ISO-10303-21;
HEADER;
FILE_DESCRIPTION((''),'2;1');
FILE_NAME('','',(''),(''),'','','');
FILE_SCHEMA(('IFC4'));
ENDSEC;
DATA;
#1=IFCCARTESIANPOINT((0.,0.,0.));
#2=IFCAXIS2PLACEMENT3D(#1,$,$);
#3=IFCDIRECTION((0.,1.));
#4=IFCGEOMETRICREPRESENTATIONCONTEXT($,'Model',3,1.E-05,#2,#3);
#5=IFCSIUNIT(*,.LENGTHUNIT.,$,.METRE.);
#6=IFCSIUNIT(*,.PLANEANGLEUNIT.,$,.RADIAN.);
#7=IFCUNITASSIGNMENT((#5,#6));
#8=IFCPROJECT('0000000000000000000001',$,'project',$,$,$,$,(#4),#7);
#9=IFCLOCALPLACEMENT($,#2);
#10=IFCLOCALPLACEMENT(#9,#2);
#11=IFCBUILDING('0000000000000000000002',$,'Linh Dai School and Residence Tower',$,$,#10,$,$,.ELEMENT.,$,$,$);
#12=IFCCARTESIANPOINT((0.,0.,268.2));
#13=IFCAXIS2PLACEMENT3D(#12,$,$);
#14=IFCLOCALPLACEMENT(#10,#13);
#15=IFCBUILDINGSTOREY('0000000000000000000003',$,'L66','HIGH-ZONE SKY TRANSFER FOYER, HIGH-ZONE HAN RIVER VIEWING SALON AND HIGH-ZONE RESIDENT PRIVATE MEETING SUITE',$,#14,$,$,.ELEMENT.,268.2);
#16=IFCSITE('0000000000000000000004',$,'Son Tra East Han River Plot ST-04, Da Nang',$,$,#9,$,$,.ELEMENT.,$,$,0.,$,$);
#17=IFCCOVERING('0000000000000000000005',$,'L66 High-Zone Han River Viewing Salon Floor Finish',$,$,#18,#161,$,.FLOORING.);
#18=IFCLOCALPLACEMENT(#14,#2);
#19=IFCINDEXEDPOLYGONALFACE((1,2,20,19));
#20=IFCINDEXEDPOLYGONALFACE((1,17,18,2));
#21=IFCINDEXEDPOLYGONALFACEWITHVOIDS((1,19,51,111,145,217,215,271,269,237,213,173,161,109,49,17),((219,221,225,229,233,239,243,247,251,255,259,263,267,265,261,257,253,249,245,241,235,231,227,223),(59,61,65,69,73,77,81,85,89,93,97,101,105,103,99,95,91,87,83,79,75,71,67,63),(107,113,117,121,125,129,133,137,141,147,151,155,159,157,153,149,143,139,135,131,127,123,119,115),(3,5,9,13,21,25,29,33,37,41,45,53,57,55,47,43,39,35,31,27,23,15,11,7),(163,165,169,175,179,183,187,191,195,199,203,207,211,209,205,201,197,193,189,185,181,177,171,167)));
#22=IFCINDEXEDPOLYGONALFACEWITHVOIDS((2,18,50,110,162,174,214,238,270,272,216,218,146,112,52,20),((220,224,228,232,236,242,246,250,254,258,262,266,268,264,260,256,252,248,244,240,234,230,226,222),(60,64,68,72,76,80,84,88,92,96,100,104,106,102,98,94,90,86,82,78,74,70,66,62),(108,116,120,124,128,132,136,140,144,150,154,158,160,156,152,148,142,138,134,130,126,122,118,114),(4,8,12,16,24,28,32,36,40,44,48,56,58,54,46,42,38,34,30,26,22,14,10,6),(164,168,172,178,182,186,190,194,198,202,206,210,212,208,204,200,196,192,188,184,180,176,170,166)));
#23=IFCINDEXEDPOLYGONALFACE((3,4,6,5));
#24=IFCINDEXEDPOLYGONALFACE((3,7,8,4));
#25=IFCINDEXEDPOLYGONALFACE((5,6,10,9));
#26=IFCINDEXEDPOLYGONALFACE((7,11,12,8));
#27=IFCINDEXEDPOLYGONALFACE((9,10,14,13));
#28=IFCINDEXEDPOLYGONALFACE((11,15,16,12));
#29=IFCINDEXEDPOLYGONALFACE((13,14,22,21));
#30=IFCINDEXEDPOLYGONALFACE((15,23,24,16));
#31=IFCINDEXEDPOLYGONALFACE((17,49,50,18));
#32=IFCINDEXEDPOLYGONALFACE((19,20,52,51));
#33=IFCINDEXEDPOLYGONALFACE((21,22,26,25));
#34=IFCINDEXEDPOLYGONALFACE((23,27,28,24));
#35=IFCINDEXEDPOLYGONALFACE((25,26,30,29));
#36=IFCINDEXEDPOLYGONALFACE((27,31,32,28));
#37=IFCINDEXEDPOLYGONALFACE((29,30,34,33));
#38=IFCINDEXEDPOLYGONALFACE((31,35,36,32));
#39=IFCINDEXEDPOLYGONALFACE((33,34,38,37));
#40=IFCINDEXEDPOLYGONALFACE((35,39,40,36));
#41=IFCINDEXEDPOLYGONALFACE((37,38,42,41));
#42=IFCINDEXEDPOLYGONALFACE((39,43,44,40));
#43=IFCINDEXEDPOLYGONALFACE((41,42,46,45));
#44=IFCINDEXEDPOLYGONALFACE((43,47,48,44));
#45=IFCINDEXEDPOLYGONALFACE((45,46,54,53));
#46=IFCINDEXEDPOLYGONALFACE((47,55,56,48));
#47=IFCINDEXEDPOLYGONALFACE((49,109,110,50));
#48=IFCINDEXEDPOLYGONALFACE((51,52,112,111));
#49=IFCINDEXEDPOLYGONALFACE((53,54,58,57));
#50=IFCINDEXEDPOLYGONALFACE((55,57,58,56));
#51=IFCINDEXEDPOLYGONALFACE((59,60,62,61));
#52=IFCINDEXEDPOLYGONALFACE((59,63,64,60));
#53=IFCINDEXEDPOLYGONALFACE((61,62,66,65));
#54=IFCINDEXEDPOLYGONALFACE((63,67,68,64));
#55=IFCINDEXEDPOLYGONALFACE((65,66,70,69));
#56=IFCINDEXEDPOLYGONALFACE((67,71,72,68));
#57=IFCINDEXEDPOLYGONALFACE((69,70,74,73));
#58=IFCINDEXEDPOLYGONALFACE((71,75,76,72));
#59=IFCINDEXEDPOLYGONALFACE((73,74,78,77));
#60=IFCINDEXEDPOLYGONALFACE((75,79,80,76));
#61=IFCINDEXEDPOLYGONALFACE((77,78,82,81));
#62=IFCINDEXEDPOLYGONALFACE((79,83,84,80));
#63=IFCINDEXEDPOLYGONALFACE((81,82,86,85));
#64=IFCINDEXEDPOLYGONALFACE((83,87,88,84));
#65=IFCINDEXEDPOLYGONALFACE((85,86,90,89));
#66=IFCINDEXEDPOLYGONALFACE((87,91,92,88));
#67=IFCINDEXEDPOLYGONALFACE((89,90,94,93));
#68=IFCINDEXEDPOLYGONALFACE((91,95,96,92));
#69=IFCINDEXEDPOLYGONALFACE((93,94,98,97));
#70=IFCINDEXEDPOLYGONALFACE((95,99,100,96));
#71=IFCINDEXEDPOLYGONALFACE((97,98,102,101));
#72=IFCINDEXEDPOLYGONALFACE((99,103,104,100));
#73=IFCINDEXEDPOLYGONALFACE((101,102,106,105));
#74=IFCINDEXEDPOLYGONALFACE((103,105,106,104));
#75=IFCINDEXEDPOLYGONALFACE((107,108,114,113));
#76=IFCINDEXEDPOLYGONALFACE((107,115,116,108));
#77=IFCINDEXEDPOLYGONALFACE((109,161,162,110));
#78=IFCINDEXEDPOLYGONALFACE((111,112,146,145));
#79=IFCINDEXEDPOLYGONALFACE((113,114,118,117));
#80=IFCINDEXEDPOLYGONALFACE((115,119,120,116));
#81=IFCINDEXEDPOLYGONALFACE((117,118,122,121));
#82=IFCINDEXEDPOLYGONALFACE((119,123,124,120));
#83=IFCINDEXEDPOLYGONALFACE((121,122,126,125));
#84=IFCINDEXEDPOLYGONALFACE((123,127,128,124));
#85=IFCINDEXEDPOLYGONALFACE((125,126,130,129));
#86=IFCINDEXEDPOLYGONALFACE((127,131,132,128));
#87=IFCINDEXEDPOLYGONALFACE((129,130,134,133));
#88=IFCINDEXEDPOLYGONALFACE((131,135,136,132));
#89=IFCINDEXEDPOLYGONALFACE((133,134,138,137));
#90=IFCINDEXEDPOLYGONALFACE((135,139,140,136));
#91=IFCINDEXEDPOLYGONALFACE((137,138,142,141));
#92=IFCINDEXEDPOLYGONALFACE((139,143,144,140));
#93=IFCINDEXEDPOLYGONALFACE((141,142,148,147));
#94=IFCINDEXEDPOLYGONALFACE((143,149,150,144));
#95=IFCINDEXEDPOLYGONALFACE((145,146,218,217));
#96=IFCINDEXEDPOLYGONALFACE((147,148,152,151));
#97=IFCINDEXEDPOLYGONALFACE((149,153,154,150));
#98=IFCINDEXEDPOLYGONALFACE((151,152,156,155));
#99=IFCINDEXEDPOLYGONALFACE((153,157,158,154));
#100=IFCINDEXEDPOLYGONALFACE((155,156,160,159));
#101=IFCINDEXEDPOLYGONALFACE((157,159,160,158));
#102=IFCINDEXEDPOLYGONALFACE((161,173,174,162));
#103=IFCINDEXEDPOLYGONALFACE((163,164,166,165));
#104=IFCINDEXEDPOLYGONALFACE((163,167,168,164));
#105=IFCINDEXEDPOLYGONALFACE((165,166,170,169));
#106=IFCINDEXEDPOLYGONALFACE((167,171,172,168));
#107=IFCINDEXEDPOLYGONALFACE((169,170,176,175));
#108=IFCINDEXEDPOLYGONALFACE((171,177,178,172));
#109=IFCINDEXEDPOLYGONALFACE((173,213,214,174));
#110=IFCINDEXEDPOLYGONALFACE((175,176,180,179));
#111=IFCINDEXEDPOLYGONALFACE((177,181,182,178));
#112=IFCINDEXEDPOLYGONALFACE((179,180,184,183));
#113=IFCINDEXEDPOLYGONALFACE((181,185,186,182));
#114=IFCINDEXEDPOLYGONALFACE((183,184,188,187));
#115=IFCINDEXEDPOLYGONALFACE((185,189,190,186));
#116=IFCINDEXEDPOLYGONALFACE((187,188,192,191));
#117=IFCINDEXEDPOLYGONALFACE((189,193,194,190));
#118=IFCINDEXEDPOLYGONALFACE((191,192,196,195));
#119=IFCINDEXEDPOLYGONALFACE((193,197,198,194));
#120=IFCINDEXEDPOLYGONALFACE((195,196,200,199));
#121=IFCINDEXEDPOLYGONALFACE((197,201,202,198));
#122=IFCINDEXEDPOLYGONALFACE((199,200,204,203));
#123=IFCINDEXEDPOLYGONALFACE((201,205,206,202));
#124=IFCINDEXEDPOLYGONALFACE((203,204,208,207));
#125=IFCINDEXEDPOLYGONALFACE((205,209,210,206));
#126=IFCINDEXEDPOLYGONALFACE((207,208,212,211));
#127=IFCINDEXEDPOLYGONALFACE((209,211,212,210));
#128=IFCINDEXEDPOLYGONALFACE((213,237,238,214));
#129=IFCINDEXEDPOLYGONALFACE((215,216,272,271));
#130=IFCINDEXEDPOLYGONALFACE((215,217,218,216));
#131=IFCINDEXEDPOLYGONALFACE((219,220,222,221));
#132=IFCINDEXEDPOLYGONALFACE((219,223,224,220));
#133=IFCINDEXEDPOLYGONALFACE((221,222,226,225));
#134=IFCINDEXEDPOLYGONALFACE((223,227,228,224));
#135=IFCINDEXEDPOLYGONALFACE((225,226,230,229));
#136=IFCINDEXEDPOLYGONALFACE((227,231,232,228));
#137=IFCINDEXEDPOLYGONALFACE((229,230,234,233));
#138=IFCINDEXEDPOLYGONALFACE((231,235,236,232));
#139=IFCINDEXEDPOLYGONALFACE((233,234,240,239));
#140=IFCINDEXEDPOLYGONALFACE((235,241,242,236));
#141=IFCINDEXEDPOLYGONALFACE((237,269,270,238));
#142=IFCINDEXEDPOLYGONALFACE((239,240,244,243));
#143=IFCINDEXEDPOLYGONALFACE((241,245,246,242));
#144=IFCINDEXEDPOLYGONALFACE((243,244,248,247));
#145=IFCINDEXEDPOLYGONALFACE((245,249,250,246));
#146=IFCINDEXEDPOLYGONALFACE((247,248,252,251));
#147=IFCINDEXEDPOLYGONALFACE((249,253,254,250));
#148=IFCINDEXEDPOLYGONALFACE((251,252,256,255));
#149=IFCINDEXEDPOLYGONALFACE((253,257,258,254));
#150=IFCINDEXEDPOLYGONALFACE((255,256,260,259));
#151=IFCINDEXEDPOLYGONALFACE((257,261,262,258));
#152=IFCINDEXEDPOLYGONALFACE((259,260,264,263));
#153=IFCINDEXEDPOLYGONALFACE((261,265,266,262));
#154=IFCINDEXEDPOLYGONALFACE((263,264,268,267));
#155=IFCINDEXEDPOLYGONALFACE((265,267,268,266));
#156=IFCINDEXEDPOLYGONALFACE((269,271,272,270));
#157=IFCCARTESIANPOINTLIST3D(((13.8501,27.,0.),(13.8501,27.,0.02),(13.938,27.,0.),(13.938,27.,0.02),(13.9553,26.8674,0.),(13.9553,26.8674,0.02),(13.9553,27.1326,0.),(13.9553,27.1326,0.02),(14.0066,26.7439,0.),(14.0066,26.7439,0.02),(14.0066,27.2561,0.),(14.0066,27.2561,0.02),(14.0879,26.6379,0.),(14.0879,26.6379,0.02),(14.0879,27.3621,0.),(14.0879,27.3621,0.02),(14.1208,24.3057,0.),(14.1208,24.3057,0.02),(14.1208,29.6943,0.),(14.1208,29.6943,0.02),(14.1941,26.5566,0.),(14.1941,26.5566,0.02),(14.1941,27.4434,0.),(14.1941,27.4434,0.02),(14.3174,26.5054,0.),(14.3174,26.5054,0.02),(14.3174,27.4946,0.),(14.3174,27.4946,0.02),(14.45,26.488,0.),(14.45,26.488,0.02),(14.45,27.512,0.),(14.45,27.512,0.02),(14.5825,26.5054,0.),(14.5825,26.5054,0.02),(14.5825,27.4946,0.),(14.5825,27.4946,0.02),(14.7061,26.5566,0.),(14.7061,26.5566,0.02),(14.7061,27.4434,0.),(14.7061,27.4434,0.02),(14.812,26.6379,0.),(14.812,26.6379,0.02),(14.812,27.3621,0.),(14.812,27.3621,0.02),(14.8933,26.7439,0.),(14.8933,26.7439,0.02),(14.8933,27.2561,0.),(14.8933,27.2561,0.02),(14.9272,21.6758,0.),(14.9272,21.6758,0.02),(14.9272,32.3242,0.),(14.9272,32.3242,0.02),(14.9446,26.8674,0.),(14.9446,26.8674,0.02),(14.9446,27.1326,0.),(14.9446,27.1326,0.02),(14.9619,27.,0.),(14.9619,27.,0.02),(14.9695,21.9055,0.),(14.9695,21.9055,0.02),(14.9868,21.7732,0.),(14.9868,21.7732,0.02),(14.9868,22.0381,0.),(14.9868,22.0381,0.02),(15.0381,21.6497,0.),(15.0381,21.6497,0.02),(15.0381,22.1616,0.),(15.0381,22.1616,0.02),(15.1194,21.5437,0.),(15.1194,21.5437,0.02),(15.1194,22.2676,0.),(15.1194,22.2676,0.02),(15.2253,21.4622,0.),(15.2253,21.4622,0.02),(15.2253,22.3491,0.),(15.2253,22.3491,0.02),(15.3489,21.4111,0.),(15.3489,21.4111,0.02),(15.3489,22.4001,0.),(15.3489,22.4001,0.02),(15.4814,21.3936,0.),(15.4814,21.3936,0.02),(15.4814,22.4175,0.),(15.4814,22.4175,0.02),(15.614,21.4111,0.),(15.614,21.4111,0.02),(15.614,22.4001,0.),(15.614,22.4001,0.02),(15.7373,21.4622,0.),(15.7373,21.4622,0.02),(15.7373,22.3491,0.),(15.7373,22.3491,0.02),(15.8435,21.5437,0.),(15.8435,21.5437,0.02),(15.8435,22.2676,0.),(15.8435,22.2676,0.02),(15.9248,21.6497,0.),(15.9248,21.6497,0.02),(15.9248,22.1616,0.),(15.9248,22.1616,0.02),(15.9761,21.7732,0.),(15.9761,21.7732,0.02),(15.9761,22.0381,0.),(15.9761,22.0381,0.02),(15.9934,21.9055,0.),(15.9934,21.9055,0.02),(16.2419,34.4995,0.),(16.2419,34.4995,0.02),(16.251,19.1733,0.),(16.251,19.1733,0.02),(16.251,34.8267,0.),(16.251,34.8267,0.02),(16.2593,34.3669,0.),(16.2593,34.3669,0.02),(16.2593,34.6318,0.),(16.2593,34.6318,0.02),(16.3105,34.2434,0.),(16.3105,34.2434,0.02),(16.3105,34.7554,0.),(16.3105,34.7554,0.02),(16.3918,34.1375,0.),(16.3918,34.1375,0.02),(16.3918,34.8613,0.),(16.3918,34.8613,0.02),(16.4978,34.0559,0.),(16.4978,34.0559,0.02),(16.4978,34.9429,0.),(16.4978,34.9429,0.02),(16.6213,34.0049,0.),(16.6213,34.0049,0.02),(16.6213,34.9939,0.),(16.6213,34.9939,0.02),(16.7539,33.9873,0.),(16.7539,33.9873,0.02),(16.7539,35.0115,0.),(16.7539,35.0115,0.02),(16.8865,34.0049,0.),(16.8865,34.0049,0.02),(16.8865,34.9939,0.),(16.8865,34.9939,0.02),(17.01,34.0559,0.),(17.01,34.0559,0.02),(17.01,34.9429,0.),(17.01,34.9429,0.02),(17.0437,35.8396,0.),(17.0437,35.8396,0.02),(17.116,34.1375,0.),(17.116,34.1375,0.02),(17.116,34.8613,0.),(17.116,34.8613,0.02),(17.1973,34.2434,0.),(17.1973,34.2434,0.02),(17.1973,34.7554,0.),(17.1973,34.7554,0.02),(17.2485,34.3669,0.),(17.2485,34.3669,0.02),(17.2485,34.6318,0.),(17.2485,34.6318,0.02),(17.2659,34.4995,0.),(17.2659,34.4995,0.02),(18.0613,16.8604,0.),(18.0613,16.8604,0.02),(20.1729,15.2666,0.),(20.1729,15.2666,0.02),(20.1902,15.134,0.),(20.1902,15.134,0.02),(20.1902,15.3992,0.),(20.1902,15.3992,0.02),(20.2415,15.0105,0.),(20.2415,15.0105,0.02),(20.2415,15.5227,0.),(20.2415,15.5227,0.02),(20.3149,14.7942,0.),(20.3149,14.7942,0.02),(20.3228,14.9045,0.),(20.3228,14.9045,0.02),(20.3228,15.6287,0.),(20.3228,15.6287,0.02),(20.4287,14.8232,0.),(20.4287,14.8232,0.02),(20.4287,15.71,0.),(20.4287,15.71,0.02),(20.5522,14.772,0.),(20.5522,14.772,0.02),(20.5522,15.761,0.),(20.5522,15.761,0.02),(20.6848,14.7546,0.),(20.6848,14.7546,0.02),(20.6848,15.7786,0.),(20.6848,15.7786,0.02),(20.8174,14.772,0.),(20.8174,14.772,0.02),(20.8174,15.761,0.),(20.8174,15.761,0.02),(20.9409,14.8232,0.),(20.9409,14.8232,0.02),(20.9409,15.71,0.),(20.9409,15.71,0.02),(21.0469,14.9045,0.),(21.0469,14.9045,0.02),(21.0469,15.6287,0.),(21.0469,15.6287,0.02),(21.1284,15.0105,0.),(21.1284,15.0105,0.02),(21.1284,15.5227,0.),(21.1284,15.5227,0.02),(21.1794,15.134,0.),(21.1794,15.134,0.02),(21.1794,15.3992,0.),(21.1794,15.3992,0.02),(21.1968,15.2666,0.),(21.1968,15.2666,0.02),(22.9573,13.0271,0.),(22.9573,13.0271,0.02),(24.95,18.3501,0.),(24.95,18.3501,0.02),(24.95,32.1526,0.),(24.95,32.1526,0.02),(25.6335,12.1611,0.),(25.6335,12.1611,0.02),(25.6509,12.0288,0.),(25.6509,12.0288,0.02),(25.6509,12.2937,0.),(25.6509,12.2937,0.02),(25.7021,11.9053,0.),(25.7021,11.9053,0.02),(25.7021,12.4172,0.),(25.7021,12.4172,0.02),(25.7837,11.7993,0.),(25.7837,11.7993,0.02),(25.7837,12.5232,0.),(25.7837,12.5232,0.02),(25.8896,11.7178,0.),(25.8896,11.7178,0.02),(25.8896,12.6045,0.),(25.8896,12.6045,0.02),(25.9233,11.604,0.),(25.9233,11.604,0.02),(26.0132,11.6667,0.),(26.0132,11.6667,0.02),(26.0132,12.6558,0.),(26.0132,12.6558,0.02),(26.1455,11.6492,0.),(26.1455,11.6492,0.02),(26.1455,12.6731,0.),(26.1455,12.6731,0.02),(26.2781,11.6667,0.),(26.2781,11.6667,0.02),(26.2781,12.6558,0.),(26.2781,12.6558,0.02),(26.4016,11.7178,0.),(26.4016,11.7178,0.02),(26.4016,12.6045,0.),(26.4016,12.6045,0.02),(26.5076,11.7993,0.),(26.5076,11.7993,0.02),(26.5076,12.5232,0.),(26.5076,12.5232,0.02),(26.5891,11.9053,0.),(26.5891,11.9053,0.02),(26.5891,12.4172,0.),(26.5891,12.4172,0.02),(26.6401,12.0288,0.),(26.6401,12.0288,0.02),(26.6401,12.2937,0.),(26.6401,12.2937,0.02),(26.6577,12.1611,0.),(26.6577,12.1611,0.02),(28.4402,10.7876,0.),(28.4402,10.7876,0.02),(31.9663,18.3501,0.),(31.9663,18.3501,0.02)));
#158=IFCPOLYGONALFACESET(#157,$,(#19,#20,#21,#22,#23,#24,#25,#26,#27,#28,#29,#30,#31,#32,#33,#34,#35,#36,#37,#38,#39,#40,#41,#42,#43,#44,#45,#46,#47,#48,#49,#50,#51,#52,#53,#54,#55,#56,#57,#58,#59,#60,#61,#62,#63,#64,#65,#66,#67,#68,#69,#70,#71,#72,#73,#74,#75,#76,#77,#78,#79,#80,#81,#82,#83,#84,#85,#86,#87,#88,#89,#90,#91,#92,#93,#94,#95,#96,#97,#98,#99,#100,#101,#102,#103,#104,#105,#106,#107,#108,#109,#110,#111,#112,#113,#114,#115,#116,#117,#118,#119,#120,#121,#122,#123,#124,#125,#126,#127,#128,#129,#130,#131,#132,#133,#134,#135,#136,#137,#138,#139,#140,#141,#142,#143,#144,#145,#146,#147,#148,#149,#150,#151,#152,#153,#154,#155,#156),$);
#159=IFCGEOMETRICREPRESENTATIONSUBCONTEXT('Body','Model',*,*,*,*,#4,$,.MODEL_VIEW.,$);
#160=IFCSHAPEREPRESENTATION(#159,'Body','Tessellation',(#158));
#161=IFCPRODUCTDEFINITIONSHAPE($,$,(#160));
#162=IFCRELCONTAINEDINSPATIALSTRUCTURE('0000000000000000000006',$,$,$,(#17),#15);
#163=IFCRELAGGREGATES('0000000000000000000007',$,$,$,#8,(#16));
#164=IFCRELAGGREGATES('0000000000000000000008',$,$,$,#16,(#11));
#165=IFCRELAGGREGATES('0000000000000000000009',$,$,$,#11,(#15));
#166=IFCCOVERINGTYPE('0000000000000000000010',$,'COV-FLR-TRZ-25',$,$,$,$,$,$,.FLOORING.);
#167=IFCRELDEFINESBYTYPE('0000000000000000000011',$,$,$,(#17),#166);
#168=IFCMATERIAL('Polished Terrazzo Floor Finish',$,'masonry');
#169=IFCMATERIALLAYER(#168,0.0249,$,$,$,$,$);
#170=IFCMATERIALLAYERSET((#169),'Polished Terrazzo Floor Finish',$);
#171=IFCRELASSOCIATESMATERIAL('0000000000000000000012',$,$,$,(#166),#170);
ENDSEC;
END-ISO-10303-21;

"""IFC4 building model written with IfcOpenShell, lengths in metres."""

from ifc_helpers import new_model, si_unit, direction, frame, origin, place, context, subcontext, project, spatial, polyline, outline, extrude, material, layer, layer_set, type_object, element, save


model = new_model("IFC4")

# Units and contexts
model_context = context("Model", 3, precision=1e-05, world=origin(), true_north=direction((0.0, 1.0)))
body_context = subcontext(model_context, "Body", "Model", "MODEL_VIEW")
ifc_project = project(units=[si_unit("LENGTHUNIT", "METRE"), si_unit("PLANEANGLEUNIT", "RADIAN")], contexts=[model_context])

# Site, building, storey
site_placement = place(None, origin())
site = spatial("IfcSite", under=ifc_project, at=site_placement, Name="Son Tra East Han River Plot ST-04, Da Nang", CompositionType="ELEMENT", RefElevation=0.0)
building_placement = place(site_placement, origin())
building = spatial("IfcBuilding", under=site, at=building_placement, Name="Linh Dai School and Residence Tower", CompositionType="ELEMENT")
storey_placement = place(building_placement, frame((0.0, 0.0, 268.2)))
storey = spatial("IfcBuildingStorey", under=building, at=storey_placement, Name="L66", Description="HIGH-ZONE SKY TRANSFER FOYER, HIGH-ZONE HAN RIVER VIEWING SALON AND HIGH-ZONE RESIDENT PRIVATE MEETING SUITE", CompositionType="ELEMENT", Elevation=268.2)

# Covering
ifc_material_1 = material(Name="Polished Terrazzo Floor Finish", Category="masonry")
ifc_layer_1 = layer(ifc_material_1, 0.0249)
ifc_layer_set_1 = layer_set([ifc_layer_1], Name="Polished Terrazzo Floor Finish")
covering_type_1 = type_object("IfcCoveringType", Name="COV-FLR-TRZ-25", PredefinedType="FLOORING", material=ifc_layer_set_1)
covering_1_placement = place(storey_placement, origin())
element("IfcCovering", 1, at=covering_1_placement, inside=storey, type_object=covering_type_1, Name="L66 High-Zone Han River Viewing Salon Floor Finish", PredefinedType="FLOORING", context=body_context, shape_type="SweptSolid", body=[
    extrude(outline(polyline([(22.9573, 13.0271), (20.3149, 14.7942), (18.0613, 16.8604), (16.251, 19.1733), (14.9272, 21.6758), (14.1208, 24.3057), (13.8501, 27.0), (14.1208, 29.6943), (14.9272, 32.3242), (16.251, 34.8267), (17.0437, 35.8396), (24.95, 32.1526), (24.95, 18.3501), (31.9663, 18.3501), (28.4402, 10.7876), (25.9233, 11.604), (22.9573, 13.0271)]), holes=[polyline([(26.5891, 11.9053), (26.6401, 12.0288), (26.6577, 12.1611), (26.6401, 12.2937), (26.5891, 12.4172), (26.5076, 12.5232), (26.4016, 12.6045), (26.2781, 12.6558), (26.1455, 12.6731), (26.0132, 12.6558), (25.8896, 12.6045), (25.7837, 12.5232), (25.7021, 12.4172), (25.6509, 12.2937), (25.6335, 12.1611), (25.6509, 12.0288), (25.7021, 11.9053), (25.7837, 11.7993), (25.8896, 11.7178), (26.0132, 11.6667), (26.1455, 11.6492), (26.2781, 11.6667), (26.4016, 11.7178), (26.5076, 11.7993), (26.5891, 11.9053)]), polyline([(21.1284, 15.0105), (21.1794, 15.134), (21.1968, 15.2666), (21.1794, 15.3992), (21.1284, 15.5227), (21.0469, 15.6287), (20.9409, 15.71), (20.8174, 15.761), (20.6848, 15.7786), (20.5522, 15.761), (20.4287, 15.71), (20.3228, 15.6287), (20.2415, 15.5227), (20.1902, 15.3992), (20.1729, 15.2666), (20.1902, 15.134), (20.2415, 15.0105), (20.3228, 14.9045), (20.4287, 14.8232), (20.5522, 14.772), (20.6848, 14.7546), (20.8174, 14.772), (20.9409, 14.8232), (21.0469, 14.9045), (21.1284, 15.0105)]), polyline([(17.1973, 34.2434), (17.2485, 34.3669), (17.2659, 34.4995), (17.2485, 34.6318), (17.1973, 34.7554), (17.116, 34.8613), (17.01, 34.9429), (16.8865, 34.9939), (16.7539, 35.0115), (16.6213, 34.9939), (16.4978, 34.9429), (16.3918, 34.8613), (16.3105, 34.7554), (16.2593, 34.6318), (16.2419, 34.4995), (16.2593, 34.3669), (16.3105, 34.2434), (16.3918, 34.1375), (16.4978, 34.0559), (16.6213, 34.0049), (16.7539, 33.9873), (16.8865, 34.0049), (17.01, 34.0559), (17.116, 34.1375), (17.1973, 34.2434)]), polyline([(15.8435, 21.5437), (15.9248, 21.6497), (15.9761, 21.7732), (15.9934, 21.9055), (15.9761, 22.0381), (15.9248, 22.1616), (15.8435, 22.2676), (15.7373, 22.3491), (15.614, 22.4001), (15.4814, 22.4175), (15.3489, 22.4001), (15.2253, 22.3491), (15.1194, 22.2676), (15.0381, 22.1616), (14.9868, 22.0381), (14.9695, 21.9055), (14.9868, 21.7732), (15.0381, 21.6497), (15.1194, 21.5437), (15.2253, 21.4622), (15.3489, 21.4111), (15.4814, 21.3936), (15.614, 21.4111), (15.7373, 21.4622), (15.8435, 21.5437)]), polyline([(14.812, 26.6379), (14.8933, 26.7439), (14.9446, 26.8674), (14.9619, 27.0), (14.9446, 27.1326), (14.8933, 27.2561), (14.812, 27.3621), (14.7061, 27.4434), (14.5825, 27.4946), (14.45, 27.512), (14.3174, 27.4946), (14.1941, 27.4434), (14.0879, 27.3621), (14.0066, 27.2561), (13.9553, 27.1326), (13.938, 27.0), (13.9553, 26.8674), (14.0066, 26.7439), (14.0879, 26.6379), (14.1941, 26.5566), (14.3174, 26.5054), (14.45, 26.488), (14.5825, 26.5054), (14.7061, 26.5566), (14.812, 26.6379)])]), origin(), (0.0, 0.0, 1.0), 0.02),
])

save(model, "model.ifc")
